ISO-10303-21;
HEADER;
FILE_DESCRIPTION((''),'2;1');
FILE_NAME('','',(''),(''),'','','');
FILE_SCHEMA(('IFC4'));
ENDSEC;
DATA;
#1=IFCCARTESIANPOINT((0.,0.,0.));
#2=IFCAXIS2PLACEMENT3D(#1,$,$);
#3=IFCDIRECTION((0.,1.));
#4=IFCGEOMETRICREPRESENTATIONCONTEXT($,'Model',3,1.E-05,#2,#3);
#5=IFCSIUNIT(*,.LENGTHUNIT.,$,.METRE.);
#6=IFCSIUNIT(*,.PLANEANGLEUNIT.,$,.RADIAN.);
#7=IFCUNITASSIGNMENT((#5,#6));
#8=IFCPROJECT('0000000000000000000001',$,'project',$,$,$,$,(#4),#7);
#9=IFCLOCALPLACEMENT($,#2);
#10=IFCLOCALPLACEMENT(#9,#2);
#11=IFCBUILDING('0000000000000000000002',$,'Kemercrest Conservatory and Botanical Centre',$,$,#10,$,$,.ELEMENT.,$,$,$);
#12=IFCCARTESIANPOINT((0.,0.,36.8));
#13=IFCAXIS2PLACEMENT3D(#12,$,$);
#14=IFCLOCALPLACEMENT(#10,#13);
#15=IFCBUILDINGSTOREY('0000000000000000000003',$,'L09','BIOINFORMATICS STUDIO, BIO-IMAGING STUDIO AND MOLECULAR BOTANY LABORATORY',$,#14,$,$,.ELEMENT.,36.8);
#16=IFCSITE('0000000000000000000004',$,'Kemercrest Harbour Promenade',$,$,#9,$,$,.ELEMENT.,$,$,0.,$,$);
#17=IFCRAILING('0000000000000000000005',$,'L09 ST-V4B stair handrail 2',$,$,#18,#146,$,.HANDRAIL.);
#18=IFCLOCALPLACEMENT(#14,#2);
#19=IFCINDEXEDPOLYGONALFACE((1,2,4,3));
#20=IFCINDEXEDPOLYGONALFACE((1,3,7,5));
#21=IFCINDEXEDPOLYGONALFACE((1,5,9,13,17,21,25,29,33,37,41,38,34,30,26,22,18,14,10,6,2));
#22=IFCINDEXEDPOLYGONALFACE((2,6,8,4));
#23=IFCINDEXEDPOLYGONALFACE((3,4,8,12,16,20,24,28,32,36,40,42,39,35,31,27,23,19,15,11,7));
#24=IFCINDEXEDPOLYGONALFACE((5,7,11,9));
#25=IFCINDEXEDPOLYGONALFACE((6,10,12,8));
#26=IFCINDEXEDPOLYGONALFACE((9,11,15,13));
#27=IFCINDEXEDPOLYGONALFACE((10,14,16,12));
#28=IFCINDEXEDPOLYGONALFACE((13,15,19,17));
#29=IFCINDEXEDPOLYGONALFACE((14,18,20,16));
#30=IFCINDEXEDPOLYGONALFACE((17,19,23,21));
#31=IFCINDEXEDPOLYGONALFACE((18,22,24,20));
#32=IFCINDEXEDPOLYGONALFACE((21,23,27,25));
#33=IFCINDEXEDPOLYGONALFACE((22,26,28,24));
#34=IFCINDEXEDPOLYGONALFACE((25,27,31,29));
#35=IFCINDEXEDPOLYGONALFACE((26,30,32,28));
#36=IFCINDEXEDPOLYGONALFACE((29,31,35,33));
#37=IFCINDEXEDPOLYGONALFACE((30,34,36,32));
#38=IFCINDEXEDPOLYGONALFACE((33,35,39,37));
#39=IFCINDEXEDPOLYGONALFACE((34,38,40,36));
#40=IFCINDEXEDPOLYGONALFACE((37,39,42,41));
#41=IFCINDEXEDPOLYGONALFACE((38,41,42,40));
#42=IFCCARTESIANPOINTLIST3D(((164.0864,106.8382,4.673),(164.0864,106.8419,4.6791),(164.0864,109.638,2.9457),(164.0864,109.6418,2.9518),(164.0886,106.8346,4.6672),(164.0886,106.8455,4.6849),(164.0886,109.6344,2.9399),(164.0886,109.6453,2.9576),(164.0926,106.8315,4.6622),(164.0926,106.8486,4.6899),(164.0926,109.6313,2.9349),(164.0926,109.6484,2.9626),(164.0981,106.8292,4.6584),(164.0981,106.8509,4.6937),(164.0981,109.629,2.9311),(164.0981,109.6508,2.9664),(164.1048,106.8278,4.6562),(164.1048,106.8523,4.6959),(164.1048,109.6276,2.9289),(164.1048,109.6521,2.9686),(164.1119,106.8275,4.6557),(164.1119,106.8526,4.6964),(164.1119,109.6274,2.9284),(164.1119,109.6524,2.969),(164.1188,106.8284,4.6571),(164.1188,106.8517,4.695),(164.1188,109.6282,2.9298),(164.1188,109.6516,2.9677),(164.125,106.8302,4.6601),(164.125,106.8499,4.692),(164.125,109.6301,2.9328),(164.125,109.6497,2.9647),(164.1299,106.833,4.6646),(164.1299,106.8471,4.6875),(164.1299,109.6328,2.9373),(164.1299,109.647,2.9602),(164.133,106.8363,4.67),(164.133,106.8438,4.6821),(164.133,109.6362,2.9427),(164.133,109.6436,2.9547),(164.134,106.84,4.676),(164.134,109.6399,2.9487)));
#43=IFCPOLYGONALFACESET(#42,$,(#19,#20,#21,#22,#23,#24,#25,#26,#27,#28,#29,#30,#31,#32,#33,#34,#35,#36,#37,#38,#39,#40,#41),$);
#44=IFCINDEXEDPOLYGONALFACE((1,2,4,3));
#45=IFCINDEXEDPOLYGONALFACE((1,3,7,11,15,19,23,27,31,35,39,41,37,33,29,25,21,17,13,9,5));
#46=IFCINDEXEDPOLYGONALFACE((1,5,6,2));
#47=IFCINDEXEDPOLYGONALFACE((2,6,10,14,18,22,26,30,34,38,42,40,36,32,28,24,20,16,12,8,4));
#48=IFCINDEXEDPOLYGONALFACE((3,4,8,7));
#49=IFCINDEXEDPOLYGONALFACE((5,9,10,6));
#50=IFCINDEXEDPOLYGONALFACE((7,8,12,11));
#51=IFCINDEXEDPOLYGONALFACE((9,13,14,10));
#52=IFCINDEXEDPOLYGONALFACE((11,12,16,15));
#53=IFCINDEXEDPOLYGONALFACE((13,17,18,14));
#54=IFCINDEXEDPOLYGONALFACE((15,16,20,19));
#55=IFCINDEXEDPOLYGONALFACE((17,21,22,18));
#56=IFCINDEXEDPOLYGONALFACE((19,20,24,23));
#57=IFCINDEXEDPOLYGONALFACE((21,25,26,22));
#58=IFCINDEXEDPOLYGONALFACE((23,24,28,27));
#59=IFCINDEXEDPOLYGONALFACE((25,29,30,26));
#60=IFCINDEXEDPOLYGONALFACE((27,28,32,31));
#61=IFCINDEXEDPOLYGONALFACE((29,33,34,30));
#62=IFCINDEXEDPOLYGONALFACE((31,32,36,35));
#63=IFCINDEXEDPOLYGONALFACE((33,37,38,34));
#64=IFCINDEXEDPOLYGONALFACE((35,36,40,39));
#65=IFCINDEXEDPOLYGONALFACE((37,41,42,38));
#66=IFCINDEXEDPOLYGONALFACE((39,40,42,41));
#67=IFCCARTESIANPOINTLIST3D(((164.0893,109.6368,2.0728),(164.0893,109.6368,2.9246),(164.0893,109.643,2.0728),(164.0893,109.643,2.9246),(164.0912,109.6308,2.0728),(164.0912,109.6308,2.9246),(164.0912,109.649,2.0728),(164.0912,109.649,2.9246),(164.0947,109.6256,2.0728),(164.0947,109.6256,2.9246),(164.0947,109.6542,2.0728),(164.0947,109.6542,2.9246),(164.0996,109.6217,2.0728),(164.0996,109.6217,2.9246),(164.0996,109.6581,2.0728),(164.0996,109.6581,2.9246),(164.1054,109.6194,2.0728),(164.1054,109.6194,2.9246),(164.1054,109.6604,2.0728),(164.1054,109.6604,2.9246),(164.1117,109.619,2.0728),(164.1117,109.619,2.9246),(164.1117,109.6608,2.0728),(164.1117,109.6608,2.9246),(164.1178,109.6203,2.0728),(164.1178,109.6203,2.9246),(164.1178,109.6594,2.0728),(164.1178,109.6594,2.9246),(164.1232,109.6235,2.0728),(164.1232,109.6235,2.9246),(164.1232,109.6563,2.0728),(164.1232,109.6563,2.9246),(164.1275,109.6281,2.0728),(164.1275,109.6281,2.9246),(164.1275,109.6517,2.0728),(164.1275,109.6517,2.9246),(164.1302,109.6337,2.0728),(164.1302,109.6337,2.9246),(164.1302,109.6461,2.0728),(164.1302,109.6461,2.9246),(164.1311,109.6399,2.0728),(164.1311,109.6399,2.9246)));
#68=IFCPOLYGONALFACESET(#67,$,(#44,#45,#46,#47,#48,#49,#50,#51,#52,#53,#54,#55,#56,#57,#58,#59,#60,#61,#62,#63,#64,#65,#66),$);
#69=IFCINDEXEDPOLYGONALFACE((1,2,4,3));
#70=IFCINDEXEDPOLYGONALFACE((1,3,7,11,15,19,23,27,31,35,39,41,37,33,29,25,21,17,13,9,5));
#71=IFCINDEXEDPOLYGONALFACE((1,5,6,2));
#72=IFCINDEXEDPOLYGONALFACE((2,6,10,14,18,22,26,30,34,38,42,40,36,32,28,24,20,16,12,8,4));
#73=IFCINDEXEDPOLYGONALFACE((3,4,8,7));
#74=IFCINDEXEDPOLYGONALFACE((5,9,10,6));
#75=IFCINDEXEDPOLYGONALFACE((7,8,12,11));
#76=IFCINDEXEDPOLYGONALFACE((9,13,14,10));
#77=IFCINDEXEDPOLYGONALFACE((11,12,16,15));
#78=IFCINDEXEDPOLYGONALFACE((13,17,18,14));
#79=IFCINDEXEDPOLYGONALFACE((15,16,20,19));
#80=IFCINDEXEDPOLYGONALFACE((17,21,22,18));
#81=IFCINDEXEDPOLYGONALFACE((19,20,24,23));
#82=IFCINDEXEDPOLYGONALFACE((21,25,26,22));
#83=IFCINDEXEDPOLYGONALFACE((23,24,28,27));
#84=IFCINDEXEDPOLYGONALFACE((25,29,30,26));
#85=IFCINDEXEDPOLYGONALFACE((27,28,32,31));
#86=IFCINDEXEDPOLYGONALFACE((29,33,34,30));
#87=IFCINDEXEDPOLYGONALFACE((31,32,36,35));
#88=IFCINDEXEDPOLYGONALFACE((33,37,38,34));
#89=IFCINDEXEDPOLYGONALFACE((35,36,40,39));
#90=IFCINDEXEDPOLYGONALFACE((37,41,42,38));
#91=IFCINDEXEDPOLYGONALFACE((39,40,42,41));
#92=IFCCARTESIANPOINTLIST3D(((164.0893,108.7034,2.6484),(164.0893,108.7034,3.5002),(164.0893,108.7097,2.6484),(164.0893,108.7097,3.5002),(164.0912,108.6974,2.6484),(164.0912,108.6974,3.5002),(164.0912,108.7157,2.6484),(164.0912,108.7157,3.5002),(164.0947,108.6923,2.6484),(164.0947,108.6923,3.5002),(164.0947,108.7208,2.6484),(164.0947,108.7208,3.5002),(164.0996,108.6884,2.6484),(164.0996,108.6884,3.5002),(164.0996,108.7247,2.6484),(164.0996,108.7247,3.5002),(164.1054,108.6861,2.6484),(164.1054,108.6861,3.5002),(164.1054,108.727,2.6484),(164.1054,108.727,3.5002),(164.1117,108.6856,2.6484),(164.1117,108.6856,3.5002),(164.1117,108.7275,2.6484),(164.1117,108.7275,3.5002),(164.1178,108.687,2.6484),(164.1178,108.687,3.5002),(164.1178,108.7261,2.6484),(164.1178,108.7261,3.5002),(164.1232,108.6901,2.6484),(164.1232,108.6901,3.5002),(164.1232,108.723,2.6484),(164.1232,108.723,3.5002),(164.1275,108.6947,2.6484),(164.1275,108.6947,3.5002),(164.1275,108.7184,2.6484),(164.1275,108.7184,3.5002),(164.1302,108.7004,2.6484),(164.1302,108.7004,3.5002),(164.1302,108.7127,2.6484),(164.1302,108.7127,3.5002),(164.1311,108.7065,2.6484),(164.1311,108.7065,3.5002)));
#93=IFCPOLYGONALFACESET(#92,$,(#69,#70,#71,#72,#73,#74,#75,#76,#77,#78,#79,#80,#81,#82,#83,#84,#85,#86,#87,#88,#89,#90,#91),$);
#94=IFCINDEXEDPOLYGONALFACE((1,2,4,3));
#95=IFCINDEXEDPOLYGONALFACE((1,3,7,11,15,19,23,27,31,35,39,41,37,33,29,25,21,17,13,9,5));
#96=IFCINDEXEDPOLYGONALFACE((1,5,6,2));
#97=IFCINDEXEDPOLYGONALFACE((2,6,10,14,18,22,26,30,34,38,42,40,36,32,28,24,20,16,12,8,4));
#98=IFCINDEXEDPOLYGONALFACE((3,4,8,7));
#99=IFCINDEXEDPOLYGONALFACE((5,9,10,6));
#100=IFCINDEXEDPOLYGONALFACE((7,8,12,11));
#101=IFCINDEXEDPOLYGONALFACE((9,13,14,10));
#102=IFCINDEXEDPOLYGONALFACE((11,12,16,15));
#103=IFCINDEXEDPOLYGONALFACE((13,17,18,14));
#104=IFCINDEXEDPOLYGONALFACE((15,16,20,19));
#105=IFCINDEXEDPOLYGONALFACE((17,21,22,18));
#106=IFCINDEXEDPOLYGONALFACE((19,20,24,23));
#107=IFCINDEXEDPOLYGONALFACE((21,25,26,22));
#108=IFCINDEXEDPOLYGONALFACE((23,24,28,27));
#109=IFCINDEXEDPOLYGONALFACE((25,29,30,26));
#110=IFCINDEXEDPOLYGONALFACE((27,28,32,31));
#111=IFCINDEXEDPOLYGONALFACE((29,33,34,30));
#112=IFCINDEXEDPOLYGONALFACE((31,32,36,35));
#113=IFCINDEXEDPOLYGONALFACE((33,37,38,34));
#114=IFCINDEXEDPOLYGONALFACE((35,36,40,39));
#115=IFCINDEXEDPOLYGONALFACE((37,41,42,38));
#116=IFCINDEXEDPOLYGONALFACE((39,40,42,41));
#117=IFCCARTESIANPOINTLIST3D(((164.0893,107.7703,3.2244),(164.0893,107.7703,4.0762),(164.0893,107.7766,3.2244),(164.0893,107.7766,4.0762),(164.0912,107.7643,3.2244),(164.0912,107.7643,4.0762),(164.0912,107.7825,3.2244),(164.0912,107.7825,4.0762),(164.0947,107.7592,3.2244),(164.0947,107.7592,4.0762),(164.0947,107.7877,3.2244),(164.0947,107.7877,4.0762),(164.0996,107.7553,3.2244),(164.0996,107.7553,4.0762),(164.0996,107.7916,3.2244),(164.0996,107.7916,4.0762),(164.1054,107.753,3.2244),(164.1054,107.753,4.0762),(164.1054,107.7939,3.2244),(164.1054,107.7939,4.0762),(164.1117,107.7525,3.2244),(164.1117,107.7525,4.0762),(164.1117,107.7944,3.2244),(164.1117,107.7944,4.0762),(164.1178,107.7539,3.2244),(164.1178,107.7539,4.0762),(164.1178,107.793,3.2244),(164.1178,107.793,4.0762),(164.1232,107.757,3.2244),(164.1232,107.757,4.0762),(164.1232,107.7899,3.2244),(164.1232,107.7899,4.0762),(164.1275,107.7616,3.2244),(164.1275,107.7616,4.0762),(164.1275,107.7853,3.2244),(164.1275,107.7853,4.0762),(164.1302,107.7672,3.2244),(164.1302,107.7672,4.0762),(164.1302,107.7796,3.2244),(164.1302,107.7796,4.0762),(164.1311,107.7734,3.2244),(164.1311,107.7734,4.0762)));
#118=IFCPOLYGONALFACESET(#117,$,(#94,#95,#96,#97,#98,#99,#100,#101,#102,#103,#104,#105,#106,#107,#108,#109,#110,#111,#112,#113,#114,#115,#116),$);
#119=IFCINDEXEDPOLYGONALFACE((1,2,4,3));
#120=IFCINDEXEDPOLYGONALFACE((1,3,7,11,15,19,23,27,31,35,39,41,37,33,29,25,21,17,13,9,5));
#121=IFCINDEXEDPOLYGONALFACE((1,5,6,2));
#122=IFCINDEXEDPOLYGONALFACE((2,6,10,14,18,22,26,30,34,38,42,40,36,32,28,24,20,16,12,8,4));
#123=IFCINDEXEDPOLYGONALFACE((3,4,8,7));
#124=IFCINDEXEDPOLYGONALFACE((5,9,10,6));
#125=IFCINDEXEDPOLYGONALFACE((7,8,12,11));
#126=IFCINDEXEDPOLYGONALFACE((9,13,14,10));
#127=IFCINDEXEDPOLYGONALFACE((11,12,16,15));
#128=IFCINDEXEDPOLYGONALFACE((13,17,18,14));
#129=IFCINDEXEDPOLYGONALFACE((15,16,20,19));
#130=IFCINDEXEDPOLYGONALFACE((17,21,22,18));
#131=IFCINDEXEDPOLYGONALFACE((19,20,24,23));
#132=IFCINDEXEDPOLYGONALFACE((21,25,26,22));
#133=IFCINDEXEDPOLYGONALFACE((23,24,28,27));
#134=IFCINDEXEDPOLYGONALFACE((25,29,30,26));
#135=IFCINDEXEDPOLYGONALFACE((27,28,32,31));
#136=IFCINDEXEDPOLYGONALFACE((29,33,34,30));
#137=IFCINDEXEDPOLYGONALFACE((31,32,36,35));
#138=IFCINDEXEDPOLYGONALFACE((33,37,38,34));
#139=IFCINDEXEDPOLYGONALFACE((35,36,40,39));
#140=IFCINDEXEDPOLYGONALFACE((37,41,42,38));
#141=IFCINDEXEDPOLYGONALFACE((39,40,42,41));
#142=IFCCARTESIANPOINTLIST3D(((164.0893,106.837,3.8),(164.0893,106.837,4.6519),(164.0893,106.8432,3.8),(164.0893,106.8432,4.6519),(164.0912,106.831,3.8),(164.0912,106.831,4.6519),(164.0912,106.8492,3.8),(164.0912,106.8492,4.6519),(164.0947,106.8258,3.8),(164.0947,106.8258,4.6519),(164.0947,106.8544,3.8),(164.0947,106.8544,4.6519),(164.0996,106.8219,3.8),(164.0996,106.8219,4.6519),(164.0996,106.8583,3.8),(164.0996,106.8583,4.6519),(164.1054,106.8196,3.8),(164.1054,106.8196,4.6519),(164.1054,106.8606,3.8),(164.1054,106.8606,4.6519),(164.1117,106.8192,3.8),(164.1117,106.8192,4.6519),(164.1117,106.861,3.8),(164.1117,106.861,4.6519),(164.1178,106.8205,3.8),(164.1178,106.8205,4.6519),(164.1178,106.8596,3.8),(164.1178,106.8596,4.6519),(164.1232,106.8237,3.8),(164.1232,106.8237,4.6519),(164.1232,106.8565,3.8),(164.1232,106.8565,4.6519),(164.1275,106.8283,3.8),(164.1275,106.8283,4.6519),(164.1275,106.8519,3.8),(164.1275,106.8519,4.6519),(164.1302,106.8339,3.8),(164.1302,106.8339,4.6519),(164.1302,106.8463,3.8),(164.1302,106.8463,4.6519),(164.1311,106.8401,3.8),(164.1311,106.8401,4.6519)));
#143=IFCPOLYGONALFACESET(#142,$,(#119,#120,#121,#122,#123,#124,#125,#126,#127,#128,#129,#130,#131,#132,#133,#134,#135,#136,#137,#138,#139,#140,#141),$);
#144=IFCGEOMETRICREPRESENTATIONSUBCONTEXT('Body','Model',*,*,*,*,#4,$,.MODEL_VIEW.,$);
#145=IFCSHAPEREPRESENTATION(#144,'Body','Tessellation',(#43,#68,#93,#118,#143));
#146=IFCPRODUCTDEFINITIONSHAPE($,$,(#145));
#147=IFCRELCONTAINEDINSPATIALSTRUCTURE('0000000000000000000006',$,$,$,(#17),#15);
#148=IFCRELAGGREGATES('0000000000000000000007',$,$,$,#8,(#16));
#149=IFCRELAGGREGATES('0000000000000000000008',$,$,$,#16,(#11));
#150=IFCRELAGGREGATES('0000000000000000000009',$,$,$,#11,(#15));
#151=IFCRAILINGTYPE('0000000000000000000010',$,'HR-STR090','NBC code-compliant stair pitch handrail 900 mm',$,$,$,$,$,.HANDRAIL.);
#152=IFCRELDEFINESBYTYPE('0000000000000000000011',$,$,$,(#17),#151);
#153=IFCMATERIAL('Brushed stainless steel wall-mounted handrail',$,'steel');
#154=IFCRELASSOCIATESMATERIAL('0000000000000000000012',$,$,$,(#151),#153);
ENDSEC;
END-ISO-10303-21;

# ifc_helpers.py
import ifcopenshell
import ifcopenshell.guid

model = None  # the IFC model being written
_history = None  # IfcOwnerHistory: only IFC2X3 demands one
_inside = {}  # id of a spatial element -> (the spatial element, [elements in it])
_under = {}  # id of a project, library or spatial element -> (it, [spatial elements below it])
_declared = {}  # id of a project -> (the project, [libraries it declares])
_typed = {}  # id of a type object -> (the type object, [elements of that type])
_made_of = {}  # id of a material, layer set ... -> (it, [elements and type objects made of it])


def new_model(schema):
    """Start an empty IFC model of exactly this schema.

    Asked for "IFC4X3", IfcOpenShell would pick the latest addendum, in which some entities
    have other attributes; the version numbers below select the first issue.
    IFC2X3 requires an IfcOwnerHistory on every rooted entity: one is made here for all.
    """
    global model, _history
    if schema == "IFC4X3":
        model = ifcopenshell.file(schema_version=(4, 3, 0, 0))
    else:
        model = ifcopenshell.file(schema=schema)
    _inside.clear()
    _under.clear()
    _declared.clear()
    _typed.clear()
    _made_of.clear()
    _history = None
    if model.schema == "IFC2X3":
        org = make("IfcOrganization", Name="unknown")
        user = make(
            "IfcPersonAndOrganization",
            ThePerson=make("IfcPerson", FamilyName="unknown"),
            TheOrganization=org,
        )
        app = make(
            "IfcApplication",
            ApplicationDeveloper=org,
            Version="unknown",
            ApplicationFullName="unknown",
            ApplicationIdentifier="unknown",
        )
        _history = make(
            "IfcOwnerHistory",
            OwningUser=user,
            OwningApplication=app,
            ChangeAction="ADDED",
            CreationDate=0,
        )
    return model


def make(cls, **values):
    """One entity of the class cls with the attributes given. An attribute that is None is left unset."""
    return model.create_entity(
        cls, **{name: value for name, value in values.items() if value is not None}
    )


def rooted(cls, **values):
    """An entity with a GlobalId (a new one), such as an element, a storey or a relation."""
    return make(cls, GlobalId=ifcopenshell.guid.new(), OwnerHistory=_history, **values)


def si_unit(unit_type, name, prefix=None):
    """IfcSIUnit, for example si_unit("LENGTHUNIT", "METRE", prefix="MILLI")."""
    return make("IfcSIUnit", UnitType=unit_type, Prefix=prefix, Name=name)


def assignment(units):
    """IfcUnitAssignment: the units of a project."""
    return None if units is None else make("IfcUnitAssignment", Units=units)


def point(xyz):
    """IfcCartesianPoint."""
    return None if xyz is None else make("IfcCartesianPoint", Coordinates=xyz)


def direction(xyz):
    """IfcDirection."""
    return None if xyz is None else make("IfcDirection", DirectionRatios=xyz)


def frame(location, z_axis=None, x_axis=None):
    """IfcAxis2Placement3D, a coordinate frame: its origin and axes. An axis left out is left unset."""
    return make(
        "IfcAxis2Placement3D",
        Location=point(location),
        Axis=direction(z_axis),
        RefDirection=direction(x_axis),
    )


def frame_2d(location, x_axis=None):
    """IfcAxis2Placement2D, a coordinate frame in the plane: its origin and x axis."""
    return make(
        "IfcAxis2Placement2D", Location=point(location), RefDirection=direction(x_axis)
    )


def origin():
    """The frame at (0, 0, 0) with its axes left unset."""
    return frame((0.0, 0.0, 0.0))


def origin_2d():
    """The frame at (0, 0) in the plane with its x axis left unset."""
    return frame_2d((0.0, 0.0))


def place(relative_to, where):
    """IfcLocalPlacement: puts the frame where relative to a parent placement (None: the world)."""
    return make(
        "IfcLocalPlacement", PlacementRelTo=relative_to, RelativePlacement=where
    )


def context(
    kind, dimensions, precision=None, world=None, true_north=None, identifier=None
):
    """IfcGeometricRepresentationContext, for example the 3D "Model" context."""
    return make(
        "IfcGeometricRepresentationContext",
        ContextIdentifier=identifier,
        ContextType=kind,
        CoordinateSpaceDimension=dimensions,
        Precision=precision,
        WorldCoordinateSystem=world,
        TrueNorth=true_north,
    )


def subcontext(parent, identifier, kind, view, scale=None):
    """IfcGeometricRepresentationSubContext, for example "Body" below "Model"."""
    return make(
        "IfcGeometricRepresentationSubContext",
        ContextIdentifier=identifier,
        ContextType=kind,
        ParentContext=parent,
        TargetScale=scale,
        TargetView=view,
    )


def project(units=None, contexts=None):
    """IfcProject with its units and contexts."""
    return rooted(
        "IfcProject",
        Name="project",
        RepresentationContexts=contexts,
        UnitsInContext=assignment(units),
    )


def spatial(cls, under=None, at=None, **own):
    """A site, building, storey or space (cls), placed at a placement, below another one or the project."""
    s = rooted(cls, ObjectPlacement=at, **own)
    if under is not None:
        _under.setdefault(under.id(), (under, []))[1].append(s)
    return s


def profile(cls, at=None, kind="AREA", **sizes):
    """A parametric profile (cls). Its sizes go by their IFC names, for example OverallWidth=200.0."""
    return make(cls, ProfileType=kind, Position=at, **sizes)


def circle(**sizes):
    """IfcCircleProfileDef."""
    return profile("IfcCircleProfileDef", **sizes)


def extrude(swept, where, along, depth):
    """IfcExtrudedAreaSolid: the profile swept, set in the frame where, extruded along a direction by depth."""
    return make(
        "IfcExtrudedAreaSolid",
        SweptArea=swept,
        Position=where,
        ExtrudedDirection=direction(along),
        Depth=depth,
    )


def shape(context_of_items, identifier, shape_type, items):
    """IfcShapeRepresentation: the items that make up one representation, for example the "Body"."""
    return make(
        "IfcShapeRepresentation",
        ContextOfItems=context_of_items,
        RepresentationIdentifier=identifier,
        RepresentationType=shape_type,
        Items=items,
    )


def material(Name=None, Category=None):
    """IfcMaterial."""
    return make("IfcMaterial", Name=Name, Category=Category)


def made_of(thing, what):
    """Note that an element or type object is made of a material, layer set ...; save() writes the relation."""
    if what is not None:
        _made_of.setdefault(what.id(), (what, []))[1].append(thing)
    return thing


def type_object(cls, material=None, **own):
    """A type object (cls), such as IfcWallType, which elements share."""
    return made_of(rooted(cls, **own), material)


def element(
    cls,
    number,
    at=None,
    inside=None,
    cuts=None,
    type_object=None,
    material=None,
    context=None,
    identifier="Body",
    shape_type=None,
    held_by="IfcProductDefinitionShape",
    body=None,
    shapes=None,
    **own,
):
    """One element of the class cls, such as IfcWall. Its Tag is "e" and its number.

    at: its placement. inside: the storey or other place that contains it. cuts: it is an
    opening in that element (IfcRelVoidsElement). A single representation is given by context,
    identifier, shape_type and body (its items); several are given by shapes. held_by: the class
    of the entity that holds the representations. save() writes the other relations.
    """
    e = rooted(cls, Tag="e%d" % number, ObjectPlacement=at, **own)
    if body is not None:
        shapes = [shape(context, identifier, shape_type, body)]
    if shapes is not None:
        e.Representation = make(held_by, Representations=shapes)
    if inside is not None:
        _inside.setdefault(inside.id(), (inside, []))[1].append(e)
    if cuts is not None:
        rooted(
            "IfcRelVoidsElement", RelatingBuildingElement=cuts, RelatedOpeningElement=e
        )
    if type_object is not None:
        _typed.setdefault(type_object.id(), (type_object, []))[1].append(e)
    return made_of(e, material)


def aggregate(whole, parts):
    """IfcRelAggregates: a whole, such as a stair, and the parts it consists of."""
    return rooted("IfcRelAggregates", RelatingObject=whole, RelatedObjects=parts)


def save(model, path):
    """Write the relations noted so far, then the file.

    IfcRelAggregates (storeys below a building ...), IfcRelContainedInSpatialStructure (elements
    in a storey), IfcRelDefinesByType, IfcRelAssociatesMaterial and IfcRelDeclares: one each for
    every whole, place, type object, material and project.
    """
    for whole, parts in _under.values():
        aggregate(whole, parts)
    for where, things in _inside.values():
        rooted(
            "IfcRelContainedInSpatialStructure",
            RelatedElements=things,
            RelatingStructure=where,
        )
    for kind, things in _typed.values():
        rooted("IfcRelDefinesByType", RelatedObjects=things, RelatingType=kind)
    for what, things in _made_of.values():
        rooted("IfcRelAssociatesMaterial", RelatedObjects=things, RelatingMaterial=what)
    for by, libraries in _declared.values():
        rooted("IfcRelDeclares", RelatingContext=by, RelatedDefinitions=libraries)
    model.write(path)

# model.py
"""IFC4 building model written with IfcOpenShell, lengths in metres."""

from ifc_helpers import new_model, si_unit, direction, frame, origin, origin_2d, place, context, subcontext, project, spatial, circle, extrude, material, type_object, element, save


model = new_model("IFC4")

# Units and contexts
model_context = context("Model", 3, precision=1e-05, world=origin(), true_north=direction((0.0, 1.0)))
body_context = subcontext(model_context, "Body", "Model", "MODEL_VIEW")
ifc_project = project(units=[si_unit("LENGTHUNIT", "METRE"), si_unit("PLANEANGLEUNIT", "RADIAN")], contexts=[model_context])

# Site, building, storey
site_placement = place(None, origin())
site = spatial("IfcSite", under=ifc_project, at=site_placement, Name="Kemercrest Harbour Promenade", CompositionType="ELEMENT", RefElevation=0.0)
building_placement = place(site_placement, origin())
building = spatial("IfcBuilding", under=site, at=building_placement, Name="Kemercrest Conservatory and Botanical Centre", CompositionType="ELEMENT")
storey_placement = place(building_placement, frame((0.0, 0.0, 36.8)))
storey = spatial("IfcBuildingStorey", under=building, at=storey_placement, Name="L09", Description="BIOINFORMATICS STUDIO, BIO-IMAGING STUDIO AND MOLECULAR BOTANY LABORATORY", CompositionType="ELEMENT", Elevation=36.8)

# Railing
ifc_material_1 = material(Name="Brushed stainless steel wall-mounted handrail", Category="steel")
railing_type_1 = type_object("IfcRailingType", Name="HR-STR090", Description="NBC code-compliant stair pitch handrail 900 mm", PredefinedType="HANDRAIL", material=ifc_material_1)
for number, where, name in (
    (1, (164.1101, 109.6399, 2.0728), "L09 ST-V4B stair handrail 2"),
):
    element("IfcRailing", number, at=place(storey_placement, frame(where)), inside=storey, type_object=railing_type_1, Name=name, PredefinedType="HANDRAIL", context=body_context, shape_type="SweptSolid", body=[
        extrude(circle(Radius=0.0239, at=origin_2d()), frame((0.0, 0.0, 0.876), z_axis=(0.0, -0.851069, 0.525054), x_axis=(1.0, 0.0, 0.0)), (0.0, 0.0, 1.0), 3.2898),
        extrude(circle(Radius=0.021, at=origin_2d()), origin(), (0.0, 0.0, 1.0), 0.8518),
        extrude(circle(Radius=0.021, at=origin_2d()), frame((0.0, -0.9333, 0.5757)), (0.0, 0.0, 1.0), 0.8518),
        extrude(circle(Radius=0.021, at=origin_2d()), frame((0.0, -1.8665, 1.1516)), (0.0, 0.0, 1.0), 0.8518),
        extrude(circle(Radius=0.021, at=origin_2d()), frame((0.0, -2.7998, 1.7273)), (0.0, 0.0, 1.0), 0.8518),
    ])

save(model, "model.ifc")
